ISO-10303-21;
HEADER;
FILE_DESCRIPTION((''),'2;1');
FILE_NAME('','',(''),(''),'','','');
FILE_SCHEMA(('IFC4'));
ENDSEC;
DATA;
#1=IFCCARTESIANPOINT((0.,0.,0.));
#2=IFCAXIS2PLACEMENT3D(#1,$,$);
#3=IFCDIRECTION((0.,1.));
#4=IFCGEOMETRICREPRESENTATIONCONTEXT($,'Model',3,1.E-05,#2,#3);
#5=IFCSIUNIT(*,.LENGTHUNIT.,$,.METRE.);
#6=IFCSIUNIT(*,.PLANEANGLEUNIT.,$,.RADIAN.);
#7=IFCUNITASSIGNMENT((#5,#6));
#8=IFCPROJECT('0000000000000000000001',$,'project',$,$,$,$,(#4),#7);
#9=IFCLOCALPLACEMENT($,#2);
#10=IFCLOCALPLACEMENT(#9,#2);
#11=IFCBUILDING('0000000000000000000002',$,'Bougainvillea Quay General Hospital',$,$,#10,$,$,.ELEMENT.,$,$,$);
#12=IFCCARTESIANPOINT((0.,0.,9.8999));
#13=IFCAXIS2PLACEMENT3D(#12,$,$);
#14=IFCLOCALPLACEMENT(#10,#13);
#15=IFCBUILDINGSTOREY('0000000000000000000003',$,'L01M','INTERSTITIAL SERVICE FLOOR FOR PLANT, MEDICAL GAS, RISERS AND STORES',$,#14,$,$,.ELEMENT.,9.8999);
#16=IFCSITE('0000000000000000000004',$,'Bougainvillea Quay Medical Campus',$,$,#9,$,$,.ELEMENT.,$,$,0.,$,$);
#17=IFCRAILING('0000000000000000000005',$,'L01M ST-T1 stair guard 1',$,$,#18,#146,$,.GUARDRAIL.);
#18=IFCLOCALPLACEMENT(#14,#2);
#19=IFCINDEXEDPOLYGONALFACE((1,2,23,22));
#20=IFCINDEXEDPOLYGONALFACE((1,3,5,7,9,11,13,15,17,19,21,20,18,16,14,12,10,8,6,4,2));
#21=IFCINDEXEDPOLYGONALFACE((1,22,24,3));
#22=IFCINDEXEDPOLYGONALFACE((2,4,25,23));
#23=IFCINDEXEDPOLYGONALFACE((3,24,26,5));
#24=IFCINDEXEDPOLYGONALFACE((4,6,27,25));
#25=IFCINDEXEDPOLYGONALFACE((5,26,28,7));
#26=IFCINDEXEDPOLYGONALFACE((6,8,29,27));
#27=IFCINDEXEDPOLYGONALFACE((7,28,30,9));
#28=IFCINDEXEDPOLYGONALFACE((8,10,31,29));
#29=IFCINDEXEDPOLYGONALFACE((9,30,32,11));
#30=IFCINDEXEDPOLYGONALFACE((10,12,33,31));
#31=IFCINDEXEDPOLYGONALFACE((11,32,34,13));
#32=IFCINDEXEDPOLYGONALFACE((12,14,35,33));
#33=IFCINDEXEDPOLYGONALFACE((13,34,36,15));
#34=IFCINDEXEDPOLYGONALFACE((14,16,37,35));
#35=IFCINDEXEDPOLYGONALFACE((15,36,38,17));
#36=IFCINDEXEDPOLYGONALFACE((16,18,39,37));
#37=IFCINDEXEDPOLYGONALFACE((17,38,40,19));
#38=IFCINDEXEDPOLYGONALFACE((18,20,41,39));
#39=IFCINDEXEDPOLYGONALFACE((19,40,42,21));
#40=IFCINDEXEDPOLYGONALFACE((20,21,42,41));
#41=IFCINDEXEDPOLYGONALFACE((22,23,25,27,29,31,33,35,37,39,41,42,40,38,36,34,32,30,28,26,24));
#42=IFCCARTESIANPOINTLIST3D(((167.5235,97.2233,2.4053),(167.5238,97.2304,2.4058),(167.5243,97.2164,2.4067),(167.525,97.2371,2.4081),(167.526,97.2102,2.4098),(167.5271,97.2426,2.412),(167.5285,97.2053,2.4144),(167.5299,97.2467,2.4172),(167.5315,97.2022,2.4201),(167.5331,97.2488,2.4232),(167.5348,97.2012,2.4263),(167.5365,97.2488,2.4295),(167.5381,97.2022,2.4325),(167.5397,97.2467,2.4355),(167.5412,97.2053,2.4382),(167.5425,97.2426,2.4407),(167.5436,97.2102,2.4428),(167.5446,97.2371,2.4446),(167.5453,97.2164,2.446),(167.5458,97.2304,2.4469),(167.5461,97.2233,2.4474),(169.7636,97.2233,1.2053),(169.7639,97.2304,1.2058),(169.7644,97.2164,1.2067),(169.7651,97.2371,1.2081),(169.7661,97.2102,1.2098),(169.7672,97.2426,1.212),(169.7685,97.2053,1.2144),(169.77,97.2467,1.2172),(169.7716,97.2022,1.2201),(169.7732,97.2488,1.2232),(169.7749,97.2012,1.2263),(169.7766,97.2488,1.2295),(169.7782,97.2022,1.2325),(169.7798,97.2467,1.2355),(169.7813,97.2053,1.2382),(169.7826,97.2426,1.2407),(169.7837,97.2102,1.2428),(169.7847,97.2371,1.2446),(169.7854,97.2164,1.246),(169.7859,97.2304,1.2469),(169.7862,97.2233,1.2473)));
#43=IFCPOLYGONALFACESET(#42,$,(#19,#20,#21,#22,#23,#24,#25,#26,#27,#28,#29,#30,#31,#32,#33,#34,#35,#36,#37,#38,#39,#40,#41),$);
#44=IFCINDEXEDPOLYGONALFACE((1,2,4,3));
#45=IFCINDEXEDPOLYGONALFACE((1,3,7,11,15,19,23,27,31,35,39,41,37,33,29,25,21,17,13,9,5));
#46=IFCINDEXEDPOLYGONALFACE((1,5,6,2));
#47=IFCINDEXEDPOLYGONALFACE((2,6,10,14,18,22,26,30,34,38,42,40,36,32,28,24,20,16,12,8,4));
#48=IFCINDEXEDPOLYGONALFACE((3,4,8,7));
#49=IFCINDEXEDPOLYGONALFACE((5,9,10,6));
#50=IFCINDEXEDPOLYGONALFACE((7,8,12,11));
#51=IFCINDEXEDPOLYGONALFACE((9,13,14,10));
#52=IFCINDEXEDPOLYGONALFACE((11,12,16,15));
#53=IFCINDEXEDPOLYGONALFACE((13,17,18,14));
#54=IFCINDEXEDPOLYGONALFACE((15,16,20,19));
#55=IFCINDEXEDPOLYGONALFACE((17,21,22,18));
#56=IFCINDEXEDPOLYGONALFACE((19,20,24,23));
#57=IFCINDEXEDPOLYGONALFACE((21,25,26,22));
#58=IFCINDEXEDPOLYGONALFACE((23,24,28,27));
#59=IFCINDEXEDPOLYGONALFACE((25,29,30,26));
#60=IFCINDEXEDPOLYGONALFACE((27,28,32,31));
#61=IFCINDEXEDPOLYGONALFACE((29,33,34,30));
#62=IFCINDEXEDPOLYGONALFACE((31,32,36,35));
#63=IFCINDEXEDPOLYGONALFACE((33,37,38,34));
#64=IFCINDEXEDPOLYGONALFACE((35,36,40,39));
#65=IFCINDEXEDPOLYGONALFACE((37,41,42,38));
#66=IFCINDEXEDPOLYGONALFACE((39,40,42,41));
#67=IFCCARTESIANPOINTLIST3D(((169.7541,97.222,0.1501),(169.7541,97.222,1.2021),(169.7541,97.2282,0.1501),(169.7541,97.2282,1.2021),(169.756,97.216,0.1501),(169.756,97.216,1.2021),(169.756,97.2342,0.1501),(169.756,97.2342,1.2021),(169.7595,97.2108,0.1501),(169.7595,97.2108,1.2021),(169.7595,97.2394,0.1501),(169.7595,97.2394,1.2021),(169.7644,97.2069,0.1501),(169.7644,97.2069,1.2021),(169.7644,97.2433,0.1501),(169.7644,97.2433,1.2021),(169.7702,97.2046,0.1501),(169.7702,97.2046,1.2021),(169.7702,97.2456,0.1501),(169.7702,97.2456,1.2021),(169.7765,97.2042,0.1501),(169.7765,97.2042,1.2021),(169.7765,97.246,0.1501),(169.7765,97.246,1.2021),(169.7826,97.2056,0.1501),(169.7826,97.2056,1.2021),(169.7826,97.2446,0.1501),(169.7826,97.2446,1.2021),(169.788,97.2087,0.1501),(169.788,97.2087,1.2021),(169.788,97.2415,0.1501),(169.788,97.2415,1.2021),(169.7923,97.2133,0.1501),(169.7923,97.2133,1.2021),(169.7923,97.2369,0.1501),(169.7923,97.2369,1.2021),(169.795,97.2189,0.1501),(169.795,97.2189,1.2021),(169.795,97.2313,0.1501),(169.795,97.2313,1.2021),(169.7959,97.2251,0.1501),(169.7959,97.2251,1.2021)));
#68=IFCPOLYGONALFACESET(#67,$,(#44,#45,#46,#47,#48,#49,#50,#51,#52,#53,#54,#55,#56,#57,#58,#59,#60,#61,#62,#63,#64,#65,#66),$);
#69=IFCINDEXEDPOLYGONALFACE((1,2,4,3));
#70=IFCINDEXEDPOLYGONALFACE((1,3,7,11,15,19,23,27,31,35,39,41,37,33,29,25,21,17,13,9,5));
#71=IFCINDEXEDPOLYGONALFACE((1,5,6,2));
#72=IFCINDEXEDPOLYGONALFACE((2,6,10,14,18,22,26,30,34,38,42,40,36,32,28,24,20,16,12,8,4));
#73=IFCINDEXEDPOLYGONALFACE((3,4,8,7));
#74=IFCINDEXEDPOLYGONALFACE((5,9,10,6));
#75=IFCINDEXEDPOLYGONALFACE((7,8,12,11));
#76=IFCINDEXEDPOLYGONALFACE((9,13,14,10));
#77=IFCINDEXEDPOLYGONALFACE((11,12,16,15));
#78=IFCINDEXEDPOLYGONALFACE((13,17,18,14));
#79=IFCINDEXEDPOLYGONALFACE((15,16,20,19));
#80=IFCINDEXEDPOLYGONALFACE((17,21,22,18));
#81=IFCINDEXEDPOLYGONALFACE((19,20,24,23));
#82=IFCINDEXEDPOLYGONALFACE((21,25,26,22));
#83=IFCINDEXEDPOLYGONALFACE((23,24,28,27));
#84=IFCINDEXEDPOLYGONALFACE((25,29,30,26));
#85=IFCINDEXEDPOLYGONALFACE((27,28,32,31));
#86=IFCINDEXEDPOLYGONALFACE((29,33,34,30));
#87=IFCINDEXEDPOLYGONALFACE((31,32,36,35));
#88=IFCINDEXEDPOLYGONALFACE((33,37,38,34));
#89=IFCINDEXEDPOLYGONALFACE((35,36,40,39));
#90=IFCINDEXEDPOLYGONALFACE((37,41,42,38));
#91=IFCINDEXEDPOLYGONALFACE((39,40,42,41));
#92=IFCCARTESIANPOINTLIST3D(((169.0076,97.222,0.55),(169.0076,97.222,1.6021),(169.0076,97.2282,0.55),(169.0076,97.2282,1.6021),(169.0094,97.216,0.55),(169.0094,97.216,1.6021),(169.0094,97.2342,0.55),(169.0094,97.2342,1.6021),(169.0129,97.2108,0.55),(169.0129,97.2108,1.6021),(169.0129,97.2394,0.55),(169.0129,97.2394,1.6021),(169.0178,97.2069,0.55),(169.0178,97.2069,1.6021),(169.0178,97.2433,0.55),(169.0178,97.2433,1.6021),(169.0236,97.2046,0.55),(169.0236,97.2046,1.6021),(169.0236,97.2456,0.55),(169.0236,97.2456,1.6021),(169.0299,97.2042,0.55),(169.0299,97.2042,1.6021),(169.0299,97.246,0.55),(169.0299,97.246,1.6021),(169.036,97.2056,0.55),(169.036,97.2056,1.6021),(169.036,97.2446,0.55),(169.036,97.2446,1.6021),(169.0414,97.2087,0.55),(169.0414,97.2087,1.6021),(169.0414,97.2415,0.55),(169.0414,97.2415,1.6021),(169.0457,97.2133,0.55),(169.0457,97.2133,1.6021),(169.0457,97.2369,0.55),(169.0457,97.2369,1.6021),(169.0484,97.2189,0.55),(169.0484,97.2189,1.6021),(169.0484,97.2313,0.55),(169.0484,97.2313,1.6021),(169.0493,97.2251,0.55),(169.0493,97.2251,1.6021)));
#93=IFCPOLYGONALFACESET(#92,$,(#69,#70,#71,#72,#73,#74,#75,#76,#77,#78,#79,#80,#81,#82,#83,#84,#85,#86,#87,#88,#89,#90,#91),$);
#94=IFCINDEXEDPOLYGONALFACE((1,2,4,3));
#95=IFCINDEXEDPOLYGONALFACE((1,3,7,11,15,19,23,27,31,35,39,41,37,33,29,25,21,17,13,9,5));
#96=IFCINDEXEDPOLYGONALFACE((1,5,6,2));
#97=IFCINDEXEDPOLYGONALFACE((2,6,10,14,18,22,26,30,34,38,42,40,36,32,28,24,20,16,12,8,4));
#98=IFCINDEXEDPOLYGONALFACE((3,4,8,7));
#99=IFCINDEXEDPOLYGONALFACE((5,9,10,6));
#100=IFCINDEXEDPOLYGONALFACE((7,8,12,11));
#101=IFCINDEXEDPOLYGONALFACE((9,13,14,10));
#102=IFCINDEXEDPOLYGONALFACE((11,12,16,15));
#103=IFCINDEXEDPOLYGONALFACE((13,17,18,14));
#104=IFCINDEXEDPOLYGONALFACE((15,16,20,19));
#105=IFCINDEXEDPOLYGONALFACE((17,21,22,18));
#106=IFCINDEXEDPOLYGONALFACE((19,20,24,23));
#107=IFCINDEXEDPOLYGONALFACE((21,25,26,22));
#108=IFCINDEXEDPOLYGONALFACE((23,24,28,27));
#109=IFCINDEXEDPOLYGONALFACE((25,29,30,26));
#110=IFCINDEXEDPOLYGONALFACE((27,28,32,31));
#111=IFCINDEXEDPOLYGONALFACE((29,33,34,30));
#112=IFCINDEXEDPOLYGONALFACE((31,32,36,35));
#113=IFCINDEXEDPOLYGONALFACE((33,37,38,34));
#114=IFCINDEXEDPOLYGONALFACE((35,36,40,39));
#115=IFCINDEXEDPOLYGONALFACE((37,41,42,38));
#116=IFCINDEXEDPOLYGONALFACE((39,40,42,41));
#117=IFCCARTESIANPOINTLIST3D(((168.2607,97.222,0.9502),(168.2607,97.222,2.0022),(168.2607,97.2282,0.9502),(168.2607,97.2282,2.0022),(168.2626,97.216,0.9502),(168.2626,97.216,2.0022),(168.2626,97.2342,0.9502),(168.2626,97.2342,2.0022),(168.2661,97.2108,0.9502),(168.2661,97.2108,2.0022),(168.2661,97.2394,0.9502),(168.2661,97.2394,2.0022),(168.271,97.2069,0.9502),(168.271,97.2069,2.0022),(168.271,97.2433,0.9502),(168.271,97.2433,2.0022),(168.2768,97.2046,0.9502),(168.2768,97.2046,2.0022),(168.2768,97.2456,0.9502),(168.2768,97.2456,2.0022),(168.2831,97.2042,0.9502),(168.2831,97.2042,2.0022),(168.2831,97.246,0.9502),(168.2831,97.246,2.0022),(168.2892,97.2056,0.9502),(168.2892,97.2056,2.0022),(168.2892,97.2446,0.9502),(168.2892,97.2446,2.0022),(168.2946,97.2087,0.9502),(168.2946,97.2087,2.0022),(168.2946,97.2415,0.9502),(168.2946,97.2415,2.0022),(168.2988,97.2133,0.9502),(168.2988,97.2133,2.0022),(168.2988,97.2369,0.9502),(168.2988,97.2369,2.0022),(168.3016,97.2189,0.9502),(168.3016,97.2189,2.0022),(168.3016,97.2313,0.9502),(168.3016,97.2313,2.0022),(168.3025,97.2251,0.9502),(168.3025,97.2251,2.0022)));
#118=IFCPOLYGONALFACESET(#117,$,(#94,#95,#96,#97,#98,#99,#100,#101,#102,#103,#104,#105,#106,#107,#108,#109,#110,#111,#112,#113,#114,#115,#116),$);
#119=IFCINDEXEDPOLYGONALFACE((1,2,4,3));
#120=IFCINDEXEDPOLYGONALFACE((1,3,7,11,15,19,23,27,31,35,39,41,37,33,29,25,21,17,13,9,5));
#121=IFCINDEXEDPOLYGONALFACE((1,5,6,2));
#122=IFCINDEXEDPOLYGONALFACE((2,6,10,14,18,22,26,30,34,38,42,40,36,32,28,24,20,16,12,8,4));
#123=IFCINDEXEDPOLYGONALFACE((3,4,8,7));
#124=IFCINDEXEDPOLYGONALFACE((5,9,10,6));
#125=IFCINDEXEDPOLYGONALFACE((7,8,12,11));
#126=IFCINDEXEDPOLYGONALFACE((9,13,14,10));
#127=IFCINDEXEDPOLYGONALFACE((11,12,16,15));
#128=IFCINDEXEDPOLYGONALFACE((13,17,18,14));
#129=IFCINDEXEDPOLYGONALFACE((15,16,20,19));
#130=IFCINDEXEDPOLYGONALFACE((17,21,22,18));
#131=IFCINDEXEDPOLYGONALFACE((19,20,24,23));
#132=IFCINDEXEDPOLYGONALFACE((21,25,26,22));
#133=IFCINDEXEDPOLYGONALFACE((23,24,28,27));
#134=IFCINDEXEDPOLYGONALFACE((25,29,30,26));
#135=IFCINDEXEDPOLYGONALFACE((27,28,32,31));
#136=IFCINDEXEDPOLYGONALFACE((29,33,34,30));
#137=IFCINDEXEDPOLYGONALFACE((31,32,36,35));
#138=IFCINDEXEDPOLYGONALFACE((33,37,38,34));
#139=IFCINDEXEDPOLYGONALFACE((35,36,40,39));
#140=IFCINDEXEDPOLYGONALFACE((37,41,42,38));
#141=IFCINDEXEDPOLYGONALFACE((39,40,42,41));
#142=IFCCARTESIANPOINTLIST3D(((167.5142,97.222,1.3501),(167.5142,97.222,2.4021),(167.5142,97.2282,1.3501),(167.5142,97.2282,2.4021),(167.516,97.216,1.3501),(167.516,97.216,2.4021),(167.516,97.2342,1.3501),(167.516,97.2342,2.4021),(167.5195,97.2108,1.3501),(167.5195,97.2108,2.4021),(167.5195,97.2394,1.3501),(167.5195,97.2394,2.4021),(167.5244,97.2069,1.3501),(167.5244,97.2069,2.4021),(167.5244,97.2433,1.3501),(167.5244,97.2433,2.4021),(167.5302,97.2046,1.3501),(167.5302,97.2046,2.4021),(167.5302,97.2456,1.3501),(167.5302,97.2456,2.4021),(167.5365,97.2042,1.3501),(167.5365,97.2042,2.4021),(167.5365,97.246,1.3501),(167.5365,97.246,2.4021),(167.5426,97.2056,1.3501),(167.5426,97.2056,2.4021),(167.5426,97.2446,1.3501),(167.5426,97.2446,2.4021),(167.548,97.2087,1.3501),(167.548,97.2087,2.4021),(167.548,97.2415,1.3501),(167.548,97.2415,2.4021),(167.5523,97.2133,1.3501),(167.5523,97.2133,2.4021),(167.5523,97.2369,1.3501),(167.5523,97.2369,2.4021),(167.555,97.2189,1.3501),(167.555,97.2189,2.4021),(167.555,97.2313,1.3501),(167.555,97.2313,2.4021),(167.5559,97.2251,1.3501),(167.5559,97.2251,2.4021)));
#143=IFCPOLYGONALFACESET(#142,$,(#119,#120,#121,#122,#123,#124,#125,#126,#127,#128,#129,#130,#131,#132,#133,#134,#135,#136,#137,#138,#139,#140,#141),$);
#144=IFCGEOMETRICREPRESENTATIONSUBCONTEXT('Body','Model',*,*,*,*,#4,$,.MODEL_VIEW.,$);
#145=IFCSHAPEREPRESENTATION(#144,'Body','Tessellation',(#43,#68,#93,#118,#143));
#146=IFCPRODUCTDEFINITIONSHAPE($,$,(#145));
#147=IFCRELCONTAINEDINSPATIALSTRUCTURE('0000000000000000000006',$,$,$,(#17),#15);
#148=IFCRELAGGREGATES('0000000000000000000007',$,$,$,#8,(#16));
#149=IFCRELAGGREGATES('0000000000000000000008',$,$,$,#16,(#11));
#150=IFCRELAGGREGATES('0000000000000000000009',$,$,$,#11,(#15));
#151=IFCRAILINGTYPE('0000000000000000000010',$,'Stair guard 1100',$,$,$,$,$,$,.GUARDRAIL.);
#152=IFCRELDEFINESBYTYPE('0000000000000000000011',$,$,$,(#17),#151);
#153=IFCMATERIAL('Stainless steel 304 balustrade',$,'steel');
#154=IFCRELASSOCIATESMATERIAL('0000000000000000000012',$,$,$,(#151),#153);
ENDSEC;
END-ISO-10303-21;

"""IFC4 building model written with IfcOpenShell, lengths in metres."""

from ifc_helpers import new_model, si_unit, direction, frame, origin, origin_2d, place, context, subcontext, project, spatial, circle, extrude, material, type_object, element, save


model = new_model("IFC4")

# Units and contexts
model_context = context("Model", 3, precision=1e-05, world=origin(), true_north=direction((0.0, 1.0)))
body_context = subcontext(model_context, "Body", "Model", "MODEL_VIEW")
ifc_project = project(units=[si_unit("LENGTHUNIT", "METRE"), si_unit("PLANEANGLEUNIT", "RADIAN")], contexts=[model_context])

# Site, building, storey
site_placement = place(None, origin())
site = spatial("IfcSite", under=ifc_project, at=site_placement, Name="Bougainvillea Quay Medical Campus", CompositionType="ELEMENT", RefElevation=0.0)
building_placement = place(site_placement, origin())
building = spatial("IfcBuilding", under=site, at=building_placement, Name="Bougainvillea Quay General Hospital", CompositionType="ELEMENT")
storey_placement = place(building_placement, frame((0.0, 0.0, 9.8999)))
storey = spatial("IfcBuildingStorey", under=building, at=storey_placement, Name="L01M", Description="INTERSTITIAL SERVICE FLOOR FOR PLANT, MEDICAL GAS, RISERS AND STORES", CompositionType="ELEMENT", Elevation=9.8999)

# Railing
ifc_material_1 = material(Name="Stainless steel 304 balustrade", Category="steel")
railing_type_1 = type_object("IfcRailingType", Name="Stair guard 1100", PredefinedType="GUARDRAIL", material=ifc_material_1)
railing_1_placement = place(storey_placement, frame((169.7749, 97.2251, 0.1501)))
element("IfcRailing", 1, at=railing_1_placement, inside=storey, type_object=railing_type_1, Name="L01M ST-T1 stair guard 1", PredefinedType="GUARDRAIL", context=body_context, shape_type="SweptSolid", body=[
    extrude(circle(Radius=0.0239, at=origin_2d()), frame((0.0, 0.0, 1.0762), z_axis=(-0.881487, 0.0, 0.472208), x_axis=(0.0, -1.0, 0.0)), (0.0, 0.0, 1.0), 2.5413),
    extrude(circle(Radius=0.021, at=origin_2d()), origin(), (0.0, 0.0, 1.0), 1.052),
    extrude(circle(Radius=0.021, at=origin_2d()), frame((-0.7466, 0.0, 0.3999)), (0.0, 0.0, 1.0), 1.052),
    extrude(circle(Radius=0.021, at=origin_2d()), frame((-1.4934, 0.0, 0.8)), (0.0, 0.0, 1.0), 1.052),
    extrude(circle(Radius=0.021, at=origin_2d()), frame((-2.24, 0.0, 1.2)), (0.0, 0.0, 1.0), 1.052),
])

save(model, "model.ifc")
